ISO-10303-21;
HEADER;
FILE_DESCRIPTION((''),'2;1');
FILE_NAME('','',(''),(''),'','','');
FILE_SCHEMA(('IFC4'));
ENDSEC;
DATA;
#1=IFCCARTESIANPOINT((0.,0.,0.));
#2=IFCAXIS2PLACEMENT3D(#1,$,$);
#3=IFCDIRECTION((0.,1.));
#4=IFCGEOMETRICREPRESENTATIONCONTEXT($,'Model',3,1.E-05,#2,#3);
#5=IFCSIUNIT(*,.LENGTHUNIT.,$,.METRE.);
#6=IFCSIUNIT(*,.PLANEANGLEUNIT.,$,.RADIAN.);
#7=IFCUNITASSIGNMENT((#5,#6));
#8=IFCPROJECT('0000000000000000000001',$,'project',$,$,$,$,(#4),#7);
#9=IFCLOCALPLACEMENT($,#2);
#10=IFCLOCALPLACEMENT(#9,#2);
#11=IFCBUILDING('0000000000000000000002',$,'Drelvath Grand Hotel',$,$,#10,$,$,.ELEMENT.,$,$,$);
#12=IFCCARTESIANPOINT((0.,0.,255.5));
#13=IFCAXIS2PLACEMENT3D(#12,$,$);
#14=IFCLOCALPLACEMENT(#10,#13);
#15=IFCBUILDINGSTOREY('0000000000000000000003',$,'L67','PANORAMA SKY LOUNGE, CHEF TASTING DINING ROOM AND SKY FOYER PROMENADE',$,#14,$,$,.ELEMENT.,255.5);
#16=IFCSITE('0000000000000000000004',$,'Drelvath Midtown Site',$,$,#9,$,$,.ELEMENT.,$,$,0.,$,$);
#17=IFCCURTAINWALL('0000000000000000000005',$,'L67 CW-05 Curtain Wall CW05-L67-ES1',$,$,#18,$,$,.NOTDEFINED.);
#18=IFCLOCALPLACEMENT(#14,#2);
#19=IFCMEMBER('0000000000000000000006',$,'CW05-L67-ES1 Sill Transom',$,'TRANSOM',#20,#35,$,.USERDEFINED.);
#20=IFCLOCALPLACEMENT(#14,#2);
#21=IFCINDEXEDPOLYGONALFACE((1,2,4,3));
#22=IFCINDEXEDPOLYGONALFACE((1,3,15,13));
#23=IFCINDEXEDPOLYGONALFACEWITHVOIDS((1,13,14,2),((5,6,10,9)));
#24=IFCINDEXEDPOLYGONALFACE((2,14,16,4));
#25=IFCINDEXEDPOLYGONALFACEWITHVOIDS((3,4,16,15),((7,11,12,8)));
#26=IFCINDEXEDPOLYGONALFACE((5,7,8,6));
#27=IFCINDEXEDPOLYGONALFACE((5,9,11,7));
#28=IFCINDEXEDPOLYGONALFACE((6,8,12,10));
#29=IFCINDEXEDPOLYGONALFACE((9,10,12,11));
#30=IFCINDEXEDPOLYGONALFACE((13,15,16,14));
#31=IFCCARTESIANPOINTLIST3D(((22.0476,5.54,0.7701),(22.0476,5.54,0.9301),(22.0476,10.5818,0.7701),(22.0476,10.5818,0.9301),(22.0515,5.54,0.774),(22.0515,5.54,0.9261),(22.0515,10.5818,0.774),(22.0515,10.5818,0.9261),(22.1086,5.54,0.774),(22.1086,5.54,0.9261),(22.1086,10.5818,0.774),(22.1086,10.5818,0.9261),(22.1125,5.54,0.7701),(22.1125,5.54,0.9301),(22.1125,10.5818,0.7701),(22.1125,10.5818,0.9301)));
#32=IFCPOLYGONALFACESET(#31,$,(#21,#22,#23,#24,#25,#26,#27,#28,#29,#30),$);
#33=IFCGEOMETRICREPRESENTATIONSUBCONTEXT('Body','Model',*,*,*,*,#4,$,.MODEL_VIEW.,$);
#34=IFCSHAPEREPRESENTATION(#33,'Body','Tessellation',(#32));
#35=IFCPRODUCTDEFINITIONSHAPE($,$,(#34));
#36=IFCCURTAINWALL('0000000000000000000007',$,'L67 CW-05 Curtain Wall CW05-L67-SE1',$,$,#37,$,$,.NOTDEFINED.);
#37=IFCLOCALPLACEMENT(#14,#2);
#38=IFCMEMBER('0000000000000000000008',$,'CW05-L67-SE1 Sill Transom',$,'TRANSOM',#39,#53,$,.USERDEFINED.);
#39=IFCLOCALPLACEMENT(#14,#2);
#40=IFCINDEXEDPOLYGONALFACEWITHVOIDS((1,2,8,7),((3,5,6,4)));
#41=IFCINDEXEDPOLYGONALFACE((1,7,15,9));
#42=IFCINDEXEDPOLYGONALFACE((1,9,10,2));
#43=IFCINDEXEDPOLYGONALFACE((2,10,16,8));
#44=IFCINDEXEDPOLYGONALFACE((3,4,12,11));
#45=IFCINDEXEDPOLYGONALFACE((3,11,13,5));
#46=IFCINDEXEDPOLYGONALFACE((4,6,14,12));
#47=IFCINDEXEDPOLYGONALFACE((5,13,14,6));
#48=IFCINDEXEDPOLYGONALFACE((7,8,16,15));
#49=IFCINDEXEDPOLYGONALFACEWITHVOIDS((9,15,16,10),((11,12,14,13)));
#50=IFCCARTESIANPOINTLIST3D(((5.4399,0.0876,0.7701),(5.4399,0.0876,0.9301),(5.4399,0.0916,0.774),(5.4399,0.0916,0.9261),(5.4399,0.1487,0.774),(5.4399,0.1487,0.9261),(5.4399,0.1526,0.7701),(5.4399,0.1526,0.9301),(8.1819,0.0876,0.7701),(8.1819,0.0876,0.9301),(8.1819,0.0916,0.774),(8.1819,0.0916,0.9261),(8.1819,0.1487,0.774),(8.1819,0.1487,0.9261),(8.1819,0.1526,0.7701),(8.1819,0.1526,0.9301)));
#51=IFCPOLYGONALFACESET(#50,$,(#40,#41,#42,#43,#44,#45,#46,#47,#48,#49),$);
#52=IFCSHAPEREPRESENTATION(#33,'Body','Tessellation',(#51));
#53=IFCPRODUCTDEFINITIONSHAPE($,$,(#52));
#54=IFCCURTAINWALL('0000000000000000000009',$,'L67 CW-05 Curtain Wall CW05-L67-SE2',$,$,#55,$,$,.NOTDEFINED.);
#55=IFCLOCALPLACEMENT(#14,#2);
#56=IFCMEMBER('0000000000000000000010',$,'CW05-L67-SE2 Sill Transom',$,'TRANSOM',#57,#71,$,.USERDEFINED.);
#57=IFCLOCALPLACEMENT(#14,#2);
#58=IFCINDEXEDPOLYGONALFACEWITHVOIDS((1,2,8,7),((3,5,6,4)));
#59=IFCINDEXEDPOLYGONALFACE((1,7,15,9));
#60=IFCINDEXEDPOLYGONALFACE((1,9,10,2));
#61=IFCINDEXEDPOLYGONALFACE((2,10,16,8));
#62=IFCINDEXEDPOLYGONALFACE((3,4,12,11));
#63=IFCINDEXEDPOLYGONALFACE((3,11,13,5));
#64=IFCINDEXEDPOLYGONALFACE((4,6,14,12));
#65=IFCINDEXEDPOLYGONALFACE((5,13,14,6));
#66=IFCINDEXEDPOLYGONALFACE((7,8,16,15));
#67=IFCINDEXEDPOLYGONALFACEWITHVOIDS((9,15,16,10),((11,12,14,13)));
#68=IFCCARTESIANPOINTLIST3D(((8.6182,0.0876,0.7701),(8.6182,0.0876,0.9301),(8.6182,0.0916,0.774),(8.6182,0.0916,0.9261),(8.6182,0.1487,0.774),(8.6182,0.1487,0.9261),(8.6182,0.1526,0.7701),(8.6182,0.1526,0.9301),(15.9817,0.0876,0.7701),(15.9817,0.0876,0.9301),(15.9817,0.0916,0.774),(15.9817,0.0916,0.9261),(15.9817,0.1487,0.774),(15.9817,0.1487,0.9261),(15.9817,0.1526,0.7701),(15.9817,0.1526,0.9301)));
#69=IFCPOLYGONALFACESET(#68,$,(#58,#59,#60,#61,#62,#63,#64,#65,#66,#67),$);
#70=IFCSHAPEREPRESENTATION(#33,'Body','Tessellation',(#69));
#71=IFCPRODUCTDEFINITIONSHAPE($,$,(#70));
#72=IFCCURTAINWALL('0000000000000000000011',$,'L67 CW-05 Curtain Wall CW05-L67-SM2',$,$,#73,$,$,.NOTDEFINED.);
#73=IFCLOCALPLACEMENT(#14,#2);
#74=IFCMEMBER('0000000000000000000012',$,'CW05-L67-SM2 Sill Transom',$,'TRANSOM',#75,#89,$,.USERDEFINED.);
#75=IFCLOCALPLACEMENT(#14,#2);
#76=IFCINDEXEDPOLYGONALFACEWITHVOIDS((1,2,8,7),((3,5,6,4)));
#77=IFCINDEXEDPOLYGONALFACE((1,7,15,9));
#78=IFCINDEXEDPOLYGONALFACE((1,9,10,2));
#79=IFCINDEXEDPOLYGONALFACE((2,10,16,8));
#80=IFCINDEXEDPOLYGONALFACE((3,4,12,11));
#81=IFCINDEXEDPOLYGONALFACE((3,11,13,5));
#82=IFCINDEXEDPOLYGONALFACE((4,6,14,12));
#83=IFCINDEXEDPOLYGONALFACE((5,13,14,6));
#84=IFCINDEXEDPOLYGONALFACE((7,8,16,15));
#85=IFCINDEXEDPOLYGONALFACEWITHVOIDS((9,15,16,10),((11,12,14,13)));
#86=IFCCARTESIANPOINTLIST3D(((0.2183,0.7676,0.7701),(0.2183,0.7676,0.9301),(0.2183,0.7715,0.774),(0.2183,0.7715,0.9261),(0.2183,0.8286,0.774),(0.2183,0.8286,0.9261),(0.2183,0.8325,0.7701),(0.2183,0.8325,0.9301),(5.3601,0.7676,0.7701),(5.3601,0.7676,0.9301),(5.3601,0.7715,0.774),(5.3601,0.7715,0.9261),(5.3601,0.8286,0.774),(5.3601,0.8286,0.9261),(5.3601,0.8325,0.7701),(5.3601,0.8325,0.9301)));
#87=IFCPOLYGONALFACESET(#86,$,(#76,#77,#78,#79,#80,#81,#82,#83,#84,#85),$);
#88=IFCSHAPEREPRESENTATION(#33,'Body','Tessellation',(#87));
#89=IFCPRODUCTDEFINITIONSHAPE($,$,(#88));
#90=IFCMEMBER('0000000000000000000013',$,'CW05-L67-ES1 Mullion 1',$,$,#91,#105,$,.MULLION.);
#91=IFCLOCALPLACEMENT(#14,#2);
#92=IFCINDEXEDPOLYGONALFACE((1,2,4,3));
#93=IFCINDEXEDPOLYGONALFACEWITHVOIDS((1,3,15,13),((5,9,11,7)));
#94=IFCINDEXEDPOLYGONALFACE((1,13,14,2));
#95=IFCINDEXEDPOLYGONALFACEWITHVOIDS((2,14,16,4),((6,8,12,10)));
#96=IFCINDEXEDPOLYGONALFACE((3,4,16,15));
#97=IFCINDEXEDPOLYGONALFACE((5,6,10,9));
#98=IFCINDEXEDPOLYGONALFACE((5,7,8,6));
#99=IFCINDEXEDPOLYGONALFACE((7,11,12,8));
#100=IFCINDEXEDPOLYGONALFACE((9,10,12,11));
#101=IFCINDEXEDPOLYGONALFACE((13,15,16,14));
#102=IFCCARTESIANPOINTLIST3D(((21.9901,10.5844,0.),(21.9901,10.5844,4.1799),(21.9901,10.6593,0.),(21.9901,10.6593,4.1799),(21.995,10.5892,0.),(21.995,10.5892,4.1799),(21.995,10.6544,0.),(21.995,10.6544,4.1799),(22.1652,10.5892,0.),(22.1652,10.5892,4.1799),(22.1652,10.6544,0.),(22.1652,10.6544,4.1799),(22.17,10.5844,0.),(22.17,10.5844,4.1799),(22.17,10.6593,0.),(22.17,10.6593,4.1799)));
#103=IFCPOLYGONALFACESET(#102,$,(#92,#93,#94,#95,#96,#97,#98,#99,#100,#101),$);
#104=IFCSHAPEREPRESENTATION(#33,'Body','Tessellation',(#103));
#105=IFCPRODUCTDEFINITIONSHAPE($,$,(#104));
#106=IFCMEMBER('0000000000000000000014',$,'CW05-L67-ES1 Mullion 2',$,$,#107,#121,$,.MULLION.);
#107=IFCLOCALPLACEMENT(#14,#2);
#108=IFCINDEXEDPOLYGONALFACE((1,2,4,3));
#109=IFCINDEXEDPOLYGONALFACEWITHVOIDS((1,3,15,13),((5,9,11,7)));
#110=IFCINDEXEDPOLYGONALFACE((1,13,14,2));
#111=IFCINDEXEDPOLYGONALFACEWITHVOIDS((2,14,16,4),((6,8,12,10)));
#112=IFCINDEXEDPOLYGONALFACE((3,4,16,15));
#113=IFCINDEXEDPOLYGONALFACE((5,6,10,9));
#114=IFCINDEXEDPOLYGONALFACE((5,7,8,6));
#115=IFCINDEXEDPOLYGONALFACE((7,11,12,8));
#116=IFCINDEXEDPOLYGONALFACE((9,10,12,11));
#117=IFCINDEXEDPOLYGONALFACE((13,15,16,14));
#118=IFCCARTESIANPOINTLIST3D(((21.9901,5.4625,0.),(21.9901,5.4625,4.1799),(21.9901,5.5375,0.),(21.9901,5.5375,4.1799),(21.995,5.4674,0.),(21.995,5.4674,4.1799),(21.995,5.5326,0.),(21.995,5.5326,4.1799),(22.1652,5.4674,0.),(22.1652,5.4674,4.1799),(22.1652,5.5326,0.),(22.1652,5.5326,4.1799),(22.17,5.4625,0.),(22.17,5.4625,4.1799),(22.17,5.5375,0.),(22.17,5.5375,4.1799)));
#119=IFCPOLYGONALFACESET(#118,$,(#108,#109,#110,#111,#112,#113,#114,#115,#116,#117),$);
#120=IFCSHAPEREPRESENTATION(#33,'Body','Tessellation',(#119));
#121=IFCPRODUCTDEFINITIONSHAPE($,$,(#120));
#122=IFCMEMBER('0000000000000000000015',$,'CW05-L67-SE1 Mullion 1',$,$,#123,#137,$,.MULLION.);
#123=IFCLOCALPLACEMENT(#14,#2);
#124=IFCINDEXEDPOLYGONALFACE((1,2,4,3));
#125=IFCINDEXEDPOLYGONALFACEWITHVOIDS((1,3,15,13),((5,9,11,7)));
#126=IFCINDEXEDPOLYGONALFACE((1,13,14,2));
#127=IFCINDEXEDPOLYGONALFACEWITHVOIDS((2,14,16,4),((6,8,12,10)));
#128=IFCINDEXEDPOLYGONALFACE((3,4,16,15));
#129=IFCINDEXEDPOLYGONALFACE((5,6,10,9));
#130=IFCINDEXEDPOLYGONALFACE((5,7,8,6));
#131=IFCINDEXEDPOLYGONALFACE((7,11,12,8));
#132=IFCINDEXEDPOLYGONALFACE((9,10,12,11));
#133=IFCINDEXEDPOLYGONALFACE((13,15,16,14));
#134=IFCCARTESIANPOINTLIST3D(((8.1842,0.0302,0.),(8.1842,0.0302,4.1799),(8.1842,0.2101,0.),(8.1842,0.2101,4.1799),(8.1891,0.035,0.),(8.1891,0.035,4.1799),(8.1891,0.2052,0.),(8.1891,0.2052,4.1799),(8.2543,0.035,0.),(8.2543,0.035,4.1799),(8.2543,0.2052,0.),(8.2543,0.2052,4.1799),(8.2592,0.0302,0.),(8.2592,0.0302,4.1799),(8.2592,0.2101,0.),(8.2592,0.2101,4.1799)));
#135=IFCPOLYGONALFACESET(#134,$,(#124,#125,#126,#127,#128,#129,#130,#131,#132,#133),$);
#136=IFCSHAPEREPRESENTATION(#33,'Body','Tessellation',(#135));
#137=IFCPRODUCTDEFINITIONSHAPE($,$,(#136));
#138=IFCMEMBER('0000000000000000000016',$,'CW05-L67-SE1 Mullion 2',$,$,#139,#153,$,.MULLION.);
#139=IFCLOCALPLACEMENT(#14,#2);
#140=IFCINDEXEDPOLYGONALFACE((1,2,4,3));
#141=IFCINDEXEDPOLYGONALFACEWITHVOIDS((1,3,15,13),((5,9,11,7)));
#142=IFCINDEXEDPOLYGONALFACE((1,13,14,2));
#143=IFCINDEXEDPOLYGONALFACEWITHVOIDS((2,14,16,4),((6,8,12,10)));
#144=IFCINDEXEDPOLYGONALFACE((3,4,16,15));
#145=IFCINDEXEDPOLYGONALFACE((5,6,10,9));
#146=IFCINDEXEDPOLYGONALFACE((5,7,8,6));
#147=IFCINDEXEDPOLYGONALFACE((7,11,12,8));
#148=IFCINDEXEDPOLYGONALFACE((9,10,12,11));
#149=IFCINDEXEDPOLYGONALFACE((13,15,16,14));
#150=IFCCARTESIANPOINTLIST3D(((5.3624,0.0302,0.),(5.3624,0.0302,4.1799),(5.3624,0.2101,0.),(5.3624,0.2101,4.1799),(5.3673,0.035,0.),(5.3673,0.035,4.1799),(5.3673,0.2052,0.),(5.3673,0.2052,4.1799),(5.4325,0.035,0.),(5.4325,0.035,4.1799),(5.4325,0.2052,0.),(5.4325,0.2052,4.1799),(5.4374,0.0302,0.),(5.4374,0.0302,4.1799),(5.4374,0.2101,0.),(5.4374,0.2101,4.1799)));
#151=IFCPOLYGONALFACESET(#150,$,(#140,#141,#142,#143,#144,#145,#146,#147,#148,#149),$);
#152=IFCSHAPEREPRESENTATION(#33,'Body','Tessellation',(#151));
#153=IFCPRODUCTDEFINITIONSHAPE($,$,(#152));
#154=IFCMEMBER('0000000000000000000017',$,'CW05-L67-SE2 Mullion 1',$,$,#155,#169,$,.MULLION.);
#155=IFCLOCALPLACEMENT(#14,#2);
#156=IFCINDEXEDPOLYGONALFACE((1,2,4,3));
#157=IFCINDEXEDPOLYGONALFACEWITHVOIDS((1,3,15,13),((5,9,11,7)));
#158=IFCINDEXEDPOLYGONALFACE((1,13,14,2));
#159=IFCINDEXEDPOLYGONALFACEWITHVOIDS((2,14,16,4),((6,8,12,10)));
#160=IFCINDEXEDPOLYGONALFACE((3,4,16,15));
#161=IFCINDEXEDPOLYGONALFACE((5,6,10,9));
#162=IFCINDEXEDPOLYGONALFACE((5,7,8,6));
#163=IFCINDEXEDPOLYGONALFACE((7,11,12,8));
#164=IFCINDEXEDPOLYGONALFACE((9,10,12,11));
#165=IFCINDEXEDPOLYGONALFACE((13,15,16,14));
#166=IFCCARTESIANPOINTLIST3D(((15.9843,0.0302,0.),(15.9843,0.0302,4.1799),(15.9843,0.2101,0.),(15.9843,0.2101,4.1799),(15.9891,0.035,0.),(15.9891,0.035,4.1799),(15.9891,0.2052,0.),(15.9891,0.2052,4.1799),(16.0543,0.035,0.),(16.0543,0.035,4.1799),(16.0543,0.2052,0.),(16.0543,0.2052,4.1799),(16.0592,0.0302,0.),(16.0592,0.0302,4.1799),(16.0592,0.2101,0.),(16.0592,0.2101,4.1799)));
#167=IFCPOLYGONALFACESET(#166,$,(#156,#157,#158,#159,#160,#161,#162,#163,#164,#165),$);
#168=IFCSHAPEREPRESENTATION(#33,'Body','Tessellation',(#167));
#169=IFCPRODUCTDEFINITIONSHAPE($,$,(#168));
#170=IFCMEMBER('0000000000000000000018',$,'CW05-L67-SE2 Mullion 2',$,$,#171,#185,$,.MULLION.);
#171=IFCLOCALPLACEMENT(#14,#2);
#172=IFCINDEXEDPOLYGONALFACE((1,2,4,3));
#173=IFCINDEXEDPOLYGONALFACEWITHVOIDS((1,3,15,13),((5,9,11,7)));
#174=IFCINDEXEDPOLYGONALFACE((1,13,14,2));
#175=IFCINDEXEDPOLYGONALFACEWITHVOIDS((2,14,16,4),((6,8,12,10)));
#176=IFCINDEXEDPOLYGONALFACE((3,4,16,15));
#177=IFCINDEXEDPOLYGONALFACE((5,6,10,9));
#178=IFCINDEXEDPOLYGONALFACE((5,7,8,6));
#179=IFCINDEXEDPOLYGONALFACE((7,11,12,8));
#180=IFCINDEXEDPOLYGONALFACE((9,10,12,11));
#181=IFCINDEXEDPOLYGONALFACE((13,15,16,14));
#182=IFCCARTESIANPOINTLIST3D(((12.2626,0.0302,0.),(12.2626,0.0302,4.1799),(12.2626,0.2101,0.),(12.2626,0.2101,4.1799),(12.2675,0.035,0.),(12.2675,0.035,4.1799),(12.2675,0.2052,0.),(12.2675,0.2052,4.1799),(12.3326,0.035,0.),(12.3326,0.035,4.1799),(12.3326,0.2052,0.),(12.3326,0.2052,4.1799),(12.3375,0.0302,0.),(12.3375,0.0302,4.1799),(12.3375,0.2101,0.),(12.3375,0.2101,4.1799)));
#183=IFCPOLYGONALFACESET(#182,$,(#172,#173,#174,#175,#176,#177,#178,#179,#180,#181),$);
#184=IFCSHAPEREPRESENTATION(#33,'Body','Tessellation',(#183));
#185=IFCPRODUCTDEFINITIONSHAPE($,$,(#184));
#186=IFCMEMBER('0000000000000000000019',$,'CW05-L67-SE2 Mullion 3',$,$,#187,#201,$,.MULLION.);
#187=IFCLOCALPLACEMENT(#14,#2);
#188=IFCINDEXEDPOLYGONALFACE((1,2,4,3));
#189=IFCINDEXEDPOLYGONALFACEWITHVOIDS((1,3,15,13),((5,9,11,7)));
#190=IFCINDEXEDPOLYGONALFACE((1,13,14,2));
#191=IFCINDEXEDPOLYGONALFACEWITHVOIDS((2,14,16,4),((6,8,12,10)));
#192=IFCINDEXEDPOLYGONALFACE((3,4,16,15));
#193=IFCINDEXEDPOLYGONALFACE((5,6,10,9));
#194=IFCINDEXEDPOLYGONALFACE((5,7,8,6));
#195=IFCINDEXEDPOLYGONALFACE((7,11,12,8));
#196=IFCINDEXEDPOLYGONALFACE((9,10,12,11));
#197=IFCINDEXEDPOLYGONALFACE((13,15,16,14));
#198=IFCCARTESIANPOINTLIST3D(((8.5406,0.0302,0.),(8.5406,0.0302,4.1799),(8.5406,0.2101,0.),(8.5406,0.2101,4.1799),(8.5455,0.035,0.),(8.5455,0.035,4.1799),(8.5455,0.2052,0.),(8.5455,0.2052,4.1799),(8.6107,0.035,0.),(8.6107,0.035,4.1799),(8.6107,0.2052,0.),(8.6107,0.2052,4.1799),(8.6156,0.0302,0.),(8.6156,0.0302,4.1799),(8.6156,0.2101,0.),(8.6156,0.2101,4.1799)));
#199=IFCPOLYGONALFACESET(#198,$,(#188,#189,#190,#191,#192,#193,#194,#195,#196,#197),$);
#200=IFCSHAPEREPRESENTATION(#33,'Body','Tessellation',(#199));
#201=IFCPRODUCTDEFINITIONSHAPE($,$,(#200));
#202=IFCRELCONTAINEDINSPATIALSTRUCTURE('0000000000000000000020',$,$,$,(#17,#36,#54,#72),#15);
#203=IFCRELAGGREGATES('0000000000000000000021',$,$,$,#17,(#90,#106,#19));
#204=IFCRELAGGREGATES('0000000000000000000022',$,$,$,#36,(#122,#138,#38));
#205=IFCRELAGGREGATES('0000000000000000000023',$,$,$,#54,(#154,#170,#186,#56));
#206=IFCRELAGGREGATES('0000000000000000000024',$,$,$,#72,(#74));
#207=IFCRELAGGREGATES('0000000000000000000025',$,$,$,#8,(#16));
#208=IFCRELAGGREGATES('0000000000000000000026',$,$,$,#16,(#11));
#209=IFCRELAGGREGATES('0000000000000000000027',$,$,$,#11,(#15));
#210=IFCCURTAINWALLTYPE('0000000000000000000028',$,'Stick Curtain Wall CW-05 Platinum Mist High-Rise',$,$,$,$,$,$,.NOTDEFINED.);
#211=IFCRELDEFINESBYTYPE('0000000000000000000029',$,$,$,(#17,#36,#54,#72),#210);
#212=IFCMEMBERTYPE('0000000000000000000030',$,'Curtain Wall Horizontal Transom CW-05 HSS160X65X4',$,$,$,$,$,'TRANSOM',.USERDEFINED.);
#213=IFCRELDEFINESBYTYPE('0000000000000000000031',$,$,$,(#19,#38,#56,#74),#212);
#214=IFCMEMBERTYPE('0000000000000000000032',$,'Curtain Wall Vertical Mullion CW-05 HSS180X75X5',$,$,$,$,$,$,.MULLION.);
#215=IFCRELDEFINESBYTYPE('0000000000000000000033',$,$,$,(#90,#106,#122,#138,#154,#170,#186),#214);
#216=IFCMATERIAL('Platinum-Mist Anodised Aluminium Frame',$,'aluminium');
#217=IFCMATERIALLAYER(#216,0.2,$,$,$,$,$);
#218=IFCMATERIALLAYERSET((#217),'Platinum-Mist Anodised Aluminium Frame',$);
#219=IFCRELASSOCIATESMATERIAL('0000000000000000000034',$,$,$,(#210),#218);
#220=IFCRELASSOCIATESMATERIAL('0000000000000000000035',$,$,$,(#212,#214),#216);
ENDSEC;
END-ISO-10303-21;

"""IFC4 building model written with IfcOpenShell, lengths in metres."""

from ifc_helpers import new_model, si_unit, direction, frame, origin, origin_2d, place, context, subcontext, project, spatial, hollow_rectangle, extrude, material, layer, layer_set, material_profile, profile_set, type_object, element, aggregate, save


model = new_model("IFC4")

# Units and contexts
model_context = context("Model", 3, precision=1e-05, world=origin(), true_north=direction((0.0, 1.0)))
body_context = subcontext(model_context, "Body", "Model", "MODEL_VIEW")
ifc_project = project(units=[si_unit("LENGTHUNIT", "METRE"), si_unit("PLANEANGLEUNIT", "RADIAN")], contexts=[model_context])

# Site, building, storey
site_placement = place(None, origin())
site = spatial("IfcSite", under=ifc_project, at=site_placement, Name="Drelvath Midtown Site", CompositionType="ELEMENT", RefElevation=0.0)
building_placement = place(site_placement, origin())
building = spatial("IfcBuilding", under=site, at=building_placement, Name="Drelvath Grand Hotel", CompositionType="ELEMENT")
storey_placement = place(building_placement, frame((0.0, 0.0, 255.5)))
storey = spatial("IfcBuildingStorey", under=building, at=storey_placement, Name="L67", Description="PANORAMA SKY LOUNGE, CHEF TASTING DINING ROOM AND SKY FOYER PROMENADE", CompositionType="ELEMENT", Elevation=255.5)

# Curtain walls, members
ifc_material_1 = material(Name="Platinum-Mist Anodised Aluminium Frame", Category="aluminium")
ifc_layer_1 = layer(ifc_material_1, 0.2)
ifc_layer_set_1 = layer_set([ifc_layer_1], Name="Platinum-Mist Anodised Aluminium Frame")
curtain_wall_type = type_object("IfcCurtainWallType", Name="Stick Curtain Wall CW-05 Platinum Mist High-Rise", PredefinedType="NOTDEFINED", material=ifc_layer_set_1)
curtain_wall_1_placement = place(storey_placement, origin())
curtain_wall_1 = element("IfcCurtainWall", 1, at=curtain_wall_1_placement, inside=storey, type_object=curtain_wall_type, Name="L67 CW-05 Curtain Wall CW05-L67-ES1", PredefinedType="NOTDEFINED")
ifc_material_profile_1 = material_profile(ifc_material_1, hollow_rectangle(XDim=0.0649, YDim=0.1599, WallThickness=0.0039, at=origin_2d()), Name="HSS160X65X4")
ifc_profile_set_1 = profile_set([ifc_material_profile_1], Name="Platinum-Mist Anodised Aluminium Frame")
member_type_1 = type_object("IfcMemberType", Name="Curtain Wall Horizontal Transom CW-05 HSS160X65X4", ElementType="TRANSOM", PredefinedType="USERDEFINED", material=ifc_profile_set_1)
member_1_placement = place(storey_placement, frame((22.0801, 10.5818, 0.8501), z_axis=(0.0, -1.0, 0.0), x_axis=(1.0, 0.0, 0.0)))
member_1 = element("IfcMember", 2, at=member_1_placement, type_object=member_type_1, Name="CW05-L67-ES1 Sill Transom", ObjectType="TRANSOM", PredefinedType="USERDEFINED", context=body_context, shape_type="SweptSolid", body=[
    extrude(hollow_rectangle(XDim=0.0649, YDim=0.1599, WallThickness=0.0039, at=origin_2d()), origin(), (0.0, 0.0, 1.0), 5.0417),
])
curtain_wall_2_placement = place(storey_placement, origin())
curtain_wall_2 = element("IfcCurtainWall", 3, at=curtain_wall_2_placement, inside=storey, type_object=curtain_wall_type, Name="L67 CW-05 Curtain Wall CW05-L67-SE1", PredefinedType="NOTDEFINED")
member_2_placement = place(storey_placement, frame((8.1819, 0.1201, 0.8501), z_axis=(-1.0, 0.0, 0.0), x_axis=(0.0, -1.0, 0.0)))
member_2 = element("IfcMember", 4, at=member_2_placement, type_object=member_type_1, Name="CW05-L67-SE1 Sill Transom", ObjectType="TRANSOM", PredefinedType="USERDEFINED", context=body_context, shape_type="SweptSolid", body=[
    extrude(hollow_rectangle(XDim=0.0649, YDim=0.1599, WallThickness=0.0039, at=origin_2d()), origin(), (0.0, 0.0, 1.0), 2.7419),
])
curtain_wall_3_placement = place(storey_placement, origin())
curtain_wall_3 = element("IfcCurtainWall", 5, at=curtain_wall_3_placement, inside=storey, type_object=curtain_wall_type, Name="L67 CW-05 Curtain Wall CW05-L67-SE2", PredefinedType="NOTDEFINED")
member_3_placement = place(storey_placement, frame((15.9817, 0.1201, 0.8501), z_axis=(-1.0, 0.0, 0.0), x_axis=(0.0, -1.0, 0.0)))
member_3 = element("IfcMember", 6, at=member_3_placement, type_object=member_type_1, Name="CW05-L67-SE2 Sill Transom", ObjectType="TRANSOM", PredefinedType="USERDEFINED", context=body_context, shape_type="SweptSolid", body=[
    extrude(hollow_rectangle(XDim=0.0649, YDim=0.1599, WallThickness=0.0039, at=origin_2d()), origin(), (0.0, 0.0, 1.0), 7.3635),
])
curtain_wall_4_placement = place(storey_placement, origin())
curtain_wall_4 = element("IfcCurtainWall", 7, at=curtain_wall_4_placement, inside=storey, type_object=curtain_wall_type, Name="L67 CW-05 Curtain Wall CW05-L67-SM2", PredefinedType="NOTDEFINED")
member_4_placement = place(storey_placement, frame((5.3601, 0.8, 0.8501), z_axis=(-1.0, 0.0, 0.0), x_axis=(0.0, -1.0, 0.0)))
member_4 = element("IfcMember", 8, at=member_4_placement, type_object=member_type_1, Name="CW05-L67-SM2 Sill Transom", ObjectType="TRANSOM", PredefinedType="USERDEFINED", context=body_context, shape_type="SweptSolid", body=[
    extrude(hollow_rectangle(XDim=0.0649, YDim=0.1599, WallThickness=0.0039, at=origin_2d()), origin(), (0.0, 0.0, 1.0), 5.1418),
])

# Members
ifc_material_profile_2 = material_profile(ifc_material_1, hollow_rectangle(XDim=0.075, YDim=0.1799, WallThickness=0.0049, at=origin_2d()), Name="HSS180X75X5")
ifc_profile_set_2 = profile_set([ifc_material_profile_2], Name="Platinum-Mist Anodised Aluminium Frame")
member_type_2 = type_object("IfcMemberType", Name="Curtain Wall Vertical Mullion CW-05 HSS180X75X5", PredefinedType="MULLION", material=ifc_profile_set_2)
member_5_placement = place(storey_placement, frame((22.0801, 10.6218, 0.0), z_axis=(0.0, 0.0, 1.0), x_axis=(0.0, 1.0, 0.0)))
member_5 = element("IfcMember", 9, at=member_5_placement, type_object=member_type_2, Name="CW05-L67-ES1 Mullion 1", PredefinedType="MULLION", context=body_context, shape_type="SweptSolid", body=[
    extrude(hollow_rectangle(XDim=0.075, YDim=0.1799, WallThickness=0.0049, at=origin_2d()), origin(), (0.0, 0.0, 1.0), 4.1799),
])
member_6_placement = place(storey_placement, frame((22.0801, 5.5, 0.0), z_axis=(0.0, 0.0, 1.0), x_axis=(0.0, 1.0, 0.0)))
member_6 = element("IfcMember", 10, at=member_6_placement, type_object=member_type_2, Name="CW05-L67-ES1 Mullion 2", PredefinedType="MULLION", context=body_context, shape_type="SweptSolid", body=[
    extrude(hollow_rectangle(XDim=0.075, YDim=0.1799, WallThickness=0.0049, at=origin_2d()), origin(), (0.0, 0.0, 1.0), 4.1799),
])
member_7_placement = place(storey_placement, frame((8.2217, 0.1201, 0.0), z_axis=(0.0, 0.0, 1.0), x_axis=(1.0, 0.0, 0.0)))
member_7 = element("IfcMember", 11, at=member_7_placement, type_object=member_type_2, Name="CW05-L67-SE1 Mullion 1", PredefinedType="MULLION", context=body_context, shape_type="SweptSolid", body=[
    extrude(hollow_rectangle(XDim=0.075, YDim=0.1799, WallThickness=0.0049, at=origin_2d()), origin(), (0.0, 0.0, 1.0), 4.1799),
])
member_8_placement = place(storey_placement, frame((5.3999, 0.1201, 0.0), z_axis=(0.0, 0.0, 1.0), x_axis=(1.0, 0.0, 0.0)))
member_8 = element("IfcMember", 12, at=member_8_placement, type_object=member_type_2, Name="CW05-L67-SE1 Mullion 2", PredefinedType="MULLION", context=body_context, shape_type="SweptSolid", body=[
    extrude(hollow_rectangle(XDim=0.075, YDim=0.1799, WallThickness=0.0049, at=origin_2d()), origin(), (0.0, 0.0, 1.0), 4.1799),
])
member_9_placement = place(storey_placement, frame((16.0217, 0.1201, 0.0), z_axis=(0.0, 0.0, 1.0), x_axis=(1.0, 0.0, 0.0)))
member_9 = element("IfcMember", 13, at=member_9_placement, type_object=member_type_2, Name="CW05-L67-SE2 Mullion 1", PredefinedType="MULLION", context=body_context, shape_type="SweptSolid", body=[
    extrude(hollow_rectangle(XDim=0.075, YDim=0.1799, WallThickness=0.0049, at=origin_2d()), origin(), (0.0, 0.0, 1.0), 4.1799),
])
member_10_placement = place(storey_placement, frame((12.3, 0.1201, 0.0), z_axis=(0.0, 0.0, 1.0), x_axis=(1.0, 0.0, 0.0)))
member_10 = element("IfcMember", 14, at=member_10_placement, type_object=member_type_2, Name="CW05-L67-SE2 Mullion 2", PredefinedType="MULLION", context=body_context, shape_type="SweptSolid", body=[
    extrude(hollow_rectangle(XDim=0.075, YDim=0.1799, WallThickness=0.0049, at=origin_2d()), origin(), (0.0, 0.0, 1.0), 4.1799),
])
member_11_placement = place(storey_placement, frame((8.5781, 0.1201, 0.0), z_axis=(0.0, 0.0, 1.0), x_axis=(1.0, 0.0, 0.0)))
member_11 = element("IfcMember", 15, at=member_11_placement, type_object=member_type_2, Name="CW05-L67-SE2 Mullion 3", PredefinedType="MULLION", context=body_context, shape_type="SweptSolid", body=[
    extrude(hollow_rectangle(XDim=0.075, YDim=0.1799, WallThickness=0.0049, at=origin_2d()), origin(), (0.0, 0.0, 1.0), 4.1799),
])

aggregate(curtain_wall_1, [member_5, member_6, member_1])
aggregate(curtain_wall_2, [member_7, member_8, member_2])
aggregate(curtain_wall_3, [member_9, member_10, member_11, member_3])
aggregate(curtain_wall_4, [member_4])

save(model, "model.ifc")
